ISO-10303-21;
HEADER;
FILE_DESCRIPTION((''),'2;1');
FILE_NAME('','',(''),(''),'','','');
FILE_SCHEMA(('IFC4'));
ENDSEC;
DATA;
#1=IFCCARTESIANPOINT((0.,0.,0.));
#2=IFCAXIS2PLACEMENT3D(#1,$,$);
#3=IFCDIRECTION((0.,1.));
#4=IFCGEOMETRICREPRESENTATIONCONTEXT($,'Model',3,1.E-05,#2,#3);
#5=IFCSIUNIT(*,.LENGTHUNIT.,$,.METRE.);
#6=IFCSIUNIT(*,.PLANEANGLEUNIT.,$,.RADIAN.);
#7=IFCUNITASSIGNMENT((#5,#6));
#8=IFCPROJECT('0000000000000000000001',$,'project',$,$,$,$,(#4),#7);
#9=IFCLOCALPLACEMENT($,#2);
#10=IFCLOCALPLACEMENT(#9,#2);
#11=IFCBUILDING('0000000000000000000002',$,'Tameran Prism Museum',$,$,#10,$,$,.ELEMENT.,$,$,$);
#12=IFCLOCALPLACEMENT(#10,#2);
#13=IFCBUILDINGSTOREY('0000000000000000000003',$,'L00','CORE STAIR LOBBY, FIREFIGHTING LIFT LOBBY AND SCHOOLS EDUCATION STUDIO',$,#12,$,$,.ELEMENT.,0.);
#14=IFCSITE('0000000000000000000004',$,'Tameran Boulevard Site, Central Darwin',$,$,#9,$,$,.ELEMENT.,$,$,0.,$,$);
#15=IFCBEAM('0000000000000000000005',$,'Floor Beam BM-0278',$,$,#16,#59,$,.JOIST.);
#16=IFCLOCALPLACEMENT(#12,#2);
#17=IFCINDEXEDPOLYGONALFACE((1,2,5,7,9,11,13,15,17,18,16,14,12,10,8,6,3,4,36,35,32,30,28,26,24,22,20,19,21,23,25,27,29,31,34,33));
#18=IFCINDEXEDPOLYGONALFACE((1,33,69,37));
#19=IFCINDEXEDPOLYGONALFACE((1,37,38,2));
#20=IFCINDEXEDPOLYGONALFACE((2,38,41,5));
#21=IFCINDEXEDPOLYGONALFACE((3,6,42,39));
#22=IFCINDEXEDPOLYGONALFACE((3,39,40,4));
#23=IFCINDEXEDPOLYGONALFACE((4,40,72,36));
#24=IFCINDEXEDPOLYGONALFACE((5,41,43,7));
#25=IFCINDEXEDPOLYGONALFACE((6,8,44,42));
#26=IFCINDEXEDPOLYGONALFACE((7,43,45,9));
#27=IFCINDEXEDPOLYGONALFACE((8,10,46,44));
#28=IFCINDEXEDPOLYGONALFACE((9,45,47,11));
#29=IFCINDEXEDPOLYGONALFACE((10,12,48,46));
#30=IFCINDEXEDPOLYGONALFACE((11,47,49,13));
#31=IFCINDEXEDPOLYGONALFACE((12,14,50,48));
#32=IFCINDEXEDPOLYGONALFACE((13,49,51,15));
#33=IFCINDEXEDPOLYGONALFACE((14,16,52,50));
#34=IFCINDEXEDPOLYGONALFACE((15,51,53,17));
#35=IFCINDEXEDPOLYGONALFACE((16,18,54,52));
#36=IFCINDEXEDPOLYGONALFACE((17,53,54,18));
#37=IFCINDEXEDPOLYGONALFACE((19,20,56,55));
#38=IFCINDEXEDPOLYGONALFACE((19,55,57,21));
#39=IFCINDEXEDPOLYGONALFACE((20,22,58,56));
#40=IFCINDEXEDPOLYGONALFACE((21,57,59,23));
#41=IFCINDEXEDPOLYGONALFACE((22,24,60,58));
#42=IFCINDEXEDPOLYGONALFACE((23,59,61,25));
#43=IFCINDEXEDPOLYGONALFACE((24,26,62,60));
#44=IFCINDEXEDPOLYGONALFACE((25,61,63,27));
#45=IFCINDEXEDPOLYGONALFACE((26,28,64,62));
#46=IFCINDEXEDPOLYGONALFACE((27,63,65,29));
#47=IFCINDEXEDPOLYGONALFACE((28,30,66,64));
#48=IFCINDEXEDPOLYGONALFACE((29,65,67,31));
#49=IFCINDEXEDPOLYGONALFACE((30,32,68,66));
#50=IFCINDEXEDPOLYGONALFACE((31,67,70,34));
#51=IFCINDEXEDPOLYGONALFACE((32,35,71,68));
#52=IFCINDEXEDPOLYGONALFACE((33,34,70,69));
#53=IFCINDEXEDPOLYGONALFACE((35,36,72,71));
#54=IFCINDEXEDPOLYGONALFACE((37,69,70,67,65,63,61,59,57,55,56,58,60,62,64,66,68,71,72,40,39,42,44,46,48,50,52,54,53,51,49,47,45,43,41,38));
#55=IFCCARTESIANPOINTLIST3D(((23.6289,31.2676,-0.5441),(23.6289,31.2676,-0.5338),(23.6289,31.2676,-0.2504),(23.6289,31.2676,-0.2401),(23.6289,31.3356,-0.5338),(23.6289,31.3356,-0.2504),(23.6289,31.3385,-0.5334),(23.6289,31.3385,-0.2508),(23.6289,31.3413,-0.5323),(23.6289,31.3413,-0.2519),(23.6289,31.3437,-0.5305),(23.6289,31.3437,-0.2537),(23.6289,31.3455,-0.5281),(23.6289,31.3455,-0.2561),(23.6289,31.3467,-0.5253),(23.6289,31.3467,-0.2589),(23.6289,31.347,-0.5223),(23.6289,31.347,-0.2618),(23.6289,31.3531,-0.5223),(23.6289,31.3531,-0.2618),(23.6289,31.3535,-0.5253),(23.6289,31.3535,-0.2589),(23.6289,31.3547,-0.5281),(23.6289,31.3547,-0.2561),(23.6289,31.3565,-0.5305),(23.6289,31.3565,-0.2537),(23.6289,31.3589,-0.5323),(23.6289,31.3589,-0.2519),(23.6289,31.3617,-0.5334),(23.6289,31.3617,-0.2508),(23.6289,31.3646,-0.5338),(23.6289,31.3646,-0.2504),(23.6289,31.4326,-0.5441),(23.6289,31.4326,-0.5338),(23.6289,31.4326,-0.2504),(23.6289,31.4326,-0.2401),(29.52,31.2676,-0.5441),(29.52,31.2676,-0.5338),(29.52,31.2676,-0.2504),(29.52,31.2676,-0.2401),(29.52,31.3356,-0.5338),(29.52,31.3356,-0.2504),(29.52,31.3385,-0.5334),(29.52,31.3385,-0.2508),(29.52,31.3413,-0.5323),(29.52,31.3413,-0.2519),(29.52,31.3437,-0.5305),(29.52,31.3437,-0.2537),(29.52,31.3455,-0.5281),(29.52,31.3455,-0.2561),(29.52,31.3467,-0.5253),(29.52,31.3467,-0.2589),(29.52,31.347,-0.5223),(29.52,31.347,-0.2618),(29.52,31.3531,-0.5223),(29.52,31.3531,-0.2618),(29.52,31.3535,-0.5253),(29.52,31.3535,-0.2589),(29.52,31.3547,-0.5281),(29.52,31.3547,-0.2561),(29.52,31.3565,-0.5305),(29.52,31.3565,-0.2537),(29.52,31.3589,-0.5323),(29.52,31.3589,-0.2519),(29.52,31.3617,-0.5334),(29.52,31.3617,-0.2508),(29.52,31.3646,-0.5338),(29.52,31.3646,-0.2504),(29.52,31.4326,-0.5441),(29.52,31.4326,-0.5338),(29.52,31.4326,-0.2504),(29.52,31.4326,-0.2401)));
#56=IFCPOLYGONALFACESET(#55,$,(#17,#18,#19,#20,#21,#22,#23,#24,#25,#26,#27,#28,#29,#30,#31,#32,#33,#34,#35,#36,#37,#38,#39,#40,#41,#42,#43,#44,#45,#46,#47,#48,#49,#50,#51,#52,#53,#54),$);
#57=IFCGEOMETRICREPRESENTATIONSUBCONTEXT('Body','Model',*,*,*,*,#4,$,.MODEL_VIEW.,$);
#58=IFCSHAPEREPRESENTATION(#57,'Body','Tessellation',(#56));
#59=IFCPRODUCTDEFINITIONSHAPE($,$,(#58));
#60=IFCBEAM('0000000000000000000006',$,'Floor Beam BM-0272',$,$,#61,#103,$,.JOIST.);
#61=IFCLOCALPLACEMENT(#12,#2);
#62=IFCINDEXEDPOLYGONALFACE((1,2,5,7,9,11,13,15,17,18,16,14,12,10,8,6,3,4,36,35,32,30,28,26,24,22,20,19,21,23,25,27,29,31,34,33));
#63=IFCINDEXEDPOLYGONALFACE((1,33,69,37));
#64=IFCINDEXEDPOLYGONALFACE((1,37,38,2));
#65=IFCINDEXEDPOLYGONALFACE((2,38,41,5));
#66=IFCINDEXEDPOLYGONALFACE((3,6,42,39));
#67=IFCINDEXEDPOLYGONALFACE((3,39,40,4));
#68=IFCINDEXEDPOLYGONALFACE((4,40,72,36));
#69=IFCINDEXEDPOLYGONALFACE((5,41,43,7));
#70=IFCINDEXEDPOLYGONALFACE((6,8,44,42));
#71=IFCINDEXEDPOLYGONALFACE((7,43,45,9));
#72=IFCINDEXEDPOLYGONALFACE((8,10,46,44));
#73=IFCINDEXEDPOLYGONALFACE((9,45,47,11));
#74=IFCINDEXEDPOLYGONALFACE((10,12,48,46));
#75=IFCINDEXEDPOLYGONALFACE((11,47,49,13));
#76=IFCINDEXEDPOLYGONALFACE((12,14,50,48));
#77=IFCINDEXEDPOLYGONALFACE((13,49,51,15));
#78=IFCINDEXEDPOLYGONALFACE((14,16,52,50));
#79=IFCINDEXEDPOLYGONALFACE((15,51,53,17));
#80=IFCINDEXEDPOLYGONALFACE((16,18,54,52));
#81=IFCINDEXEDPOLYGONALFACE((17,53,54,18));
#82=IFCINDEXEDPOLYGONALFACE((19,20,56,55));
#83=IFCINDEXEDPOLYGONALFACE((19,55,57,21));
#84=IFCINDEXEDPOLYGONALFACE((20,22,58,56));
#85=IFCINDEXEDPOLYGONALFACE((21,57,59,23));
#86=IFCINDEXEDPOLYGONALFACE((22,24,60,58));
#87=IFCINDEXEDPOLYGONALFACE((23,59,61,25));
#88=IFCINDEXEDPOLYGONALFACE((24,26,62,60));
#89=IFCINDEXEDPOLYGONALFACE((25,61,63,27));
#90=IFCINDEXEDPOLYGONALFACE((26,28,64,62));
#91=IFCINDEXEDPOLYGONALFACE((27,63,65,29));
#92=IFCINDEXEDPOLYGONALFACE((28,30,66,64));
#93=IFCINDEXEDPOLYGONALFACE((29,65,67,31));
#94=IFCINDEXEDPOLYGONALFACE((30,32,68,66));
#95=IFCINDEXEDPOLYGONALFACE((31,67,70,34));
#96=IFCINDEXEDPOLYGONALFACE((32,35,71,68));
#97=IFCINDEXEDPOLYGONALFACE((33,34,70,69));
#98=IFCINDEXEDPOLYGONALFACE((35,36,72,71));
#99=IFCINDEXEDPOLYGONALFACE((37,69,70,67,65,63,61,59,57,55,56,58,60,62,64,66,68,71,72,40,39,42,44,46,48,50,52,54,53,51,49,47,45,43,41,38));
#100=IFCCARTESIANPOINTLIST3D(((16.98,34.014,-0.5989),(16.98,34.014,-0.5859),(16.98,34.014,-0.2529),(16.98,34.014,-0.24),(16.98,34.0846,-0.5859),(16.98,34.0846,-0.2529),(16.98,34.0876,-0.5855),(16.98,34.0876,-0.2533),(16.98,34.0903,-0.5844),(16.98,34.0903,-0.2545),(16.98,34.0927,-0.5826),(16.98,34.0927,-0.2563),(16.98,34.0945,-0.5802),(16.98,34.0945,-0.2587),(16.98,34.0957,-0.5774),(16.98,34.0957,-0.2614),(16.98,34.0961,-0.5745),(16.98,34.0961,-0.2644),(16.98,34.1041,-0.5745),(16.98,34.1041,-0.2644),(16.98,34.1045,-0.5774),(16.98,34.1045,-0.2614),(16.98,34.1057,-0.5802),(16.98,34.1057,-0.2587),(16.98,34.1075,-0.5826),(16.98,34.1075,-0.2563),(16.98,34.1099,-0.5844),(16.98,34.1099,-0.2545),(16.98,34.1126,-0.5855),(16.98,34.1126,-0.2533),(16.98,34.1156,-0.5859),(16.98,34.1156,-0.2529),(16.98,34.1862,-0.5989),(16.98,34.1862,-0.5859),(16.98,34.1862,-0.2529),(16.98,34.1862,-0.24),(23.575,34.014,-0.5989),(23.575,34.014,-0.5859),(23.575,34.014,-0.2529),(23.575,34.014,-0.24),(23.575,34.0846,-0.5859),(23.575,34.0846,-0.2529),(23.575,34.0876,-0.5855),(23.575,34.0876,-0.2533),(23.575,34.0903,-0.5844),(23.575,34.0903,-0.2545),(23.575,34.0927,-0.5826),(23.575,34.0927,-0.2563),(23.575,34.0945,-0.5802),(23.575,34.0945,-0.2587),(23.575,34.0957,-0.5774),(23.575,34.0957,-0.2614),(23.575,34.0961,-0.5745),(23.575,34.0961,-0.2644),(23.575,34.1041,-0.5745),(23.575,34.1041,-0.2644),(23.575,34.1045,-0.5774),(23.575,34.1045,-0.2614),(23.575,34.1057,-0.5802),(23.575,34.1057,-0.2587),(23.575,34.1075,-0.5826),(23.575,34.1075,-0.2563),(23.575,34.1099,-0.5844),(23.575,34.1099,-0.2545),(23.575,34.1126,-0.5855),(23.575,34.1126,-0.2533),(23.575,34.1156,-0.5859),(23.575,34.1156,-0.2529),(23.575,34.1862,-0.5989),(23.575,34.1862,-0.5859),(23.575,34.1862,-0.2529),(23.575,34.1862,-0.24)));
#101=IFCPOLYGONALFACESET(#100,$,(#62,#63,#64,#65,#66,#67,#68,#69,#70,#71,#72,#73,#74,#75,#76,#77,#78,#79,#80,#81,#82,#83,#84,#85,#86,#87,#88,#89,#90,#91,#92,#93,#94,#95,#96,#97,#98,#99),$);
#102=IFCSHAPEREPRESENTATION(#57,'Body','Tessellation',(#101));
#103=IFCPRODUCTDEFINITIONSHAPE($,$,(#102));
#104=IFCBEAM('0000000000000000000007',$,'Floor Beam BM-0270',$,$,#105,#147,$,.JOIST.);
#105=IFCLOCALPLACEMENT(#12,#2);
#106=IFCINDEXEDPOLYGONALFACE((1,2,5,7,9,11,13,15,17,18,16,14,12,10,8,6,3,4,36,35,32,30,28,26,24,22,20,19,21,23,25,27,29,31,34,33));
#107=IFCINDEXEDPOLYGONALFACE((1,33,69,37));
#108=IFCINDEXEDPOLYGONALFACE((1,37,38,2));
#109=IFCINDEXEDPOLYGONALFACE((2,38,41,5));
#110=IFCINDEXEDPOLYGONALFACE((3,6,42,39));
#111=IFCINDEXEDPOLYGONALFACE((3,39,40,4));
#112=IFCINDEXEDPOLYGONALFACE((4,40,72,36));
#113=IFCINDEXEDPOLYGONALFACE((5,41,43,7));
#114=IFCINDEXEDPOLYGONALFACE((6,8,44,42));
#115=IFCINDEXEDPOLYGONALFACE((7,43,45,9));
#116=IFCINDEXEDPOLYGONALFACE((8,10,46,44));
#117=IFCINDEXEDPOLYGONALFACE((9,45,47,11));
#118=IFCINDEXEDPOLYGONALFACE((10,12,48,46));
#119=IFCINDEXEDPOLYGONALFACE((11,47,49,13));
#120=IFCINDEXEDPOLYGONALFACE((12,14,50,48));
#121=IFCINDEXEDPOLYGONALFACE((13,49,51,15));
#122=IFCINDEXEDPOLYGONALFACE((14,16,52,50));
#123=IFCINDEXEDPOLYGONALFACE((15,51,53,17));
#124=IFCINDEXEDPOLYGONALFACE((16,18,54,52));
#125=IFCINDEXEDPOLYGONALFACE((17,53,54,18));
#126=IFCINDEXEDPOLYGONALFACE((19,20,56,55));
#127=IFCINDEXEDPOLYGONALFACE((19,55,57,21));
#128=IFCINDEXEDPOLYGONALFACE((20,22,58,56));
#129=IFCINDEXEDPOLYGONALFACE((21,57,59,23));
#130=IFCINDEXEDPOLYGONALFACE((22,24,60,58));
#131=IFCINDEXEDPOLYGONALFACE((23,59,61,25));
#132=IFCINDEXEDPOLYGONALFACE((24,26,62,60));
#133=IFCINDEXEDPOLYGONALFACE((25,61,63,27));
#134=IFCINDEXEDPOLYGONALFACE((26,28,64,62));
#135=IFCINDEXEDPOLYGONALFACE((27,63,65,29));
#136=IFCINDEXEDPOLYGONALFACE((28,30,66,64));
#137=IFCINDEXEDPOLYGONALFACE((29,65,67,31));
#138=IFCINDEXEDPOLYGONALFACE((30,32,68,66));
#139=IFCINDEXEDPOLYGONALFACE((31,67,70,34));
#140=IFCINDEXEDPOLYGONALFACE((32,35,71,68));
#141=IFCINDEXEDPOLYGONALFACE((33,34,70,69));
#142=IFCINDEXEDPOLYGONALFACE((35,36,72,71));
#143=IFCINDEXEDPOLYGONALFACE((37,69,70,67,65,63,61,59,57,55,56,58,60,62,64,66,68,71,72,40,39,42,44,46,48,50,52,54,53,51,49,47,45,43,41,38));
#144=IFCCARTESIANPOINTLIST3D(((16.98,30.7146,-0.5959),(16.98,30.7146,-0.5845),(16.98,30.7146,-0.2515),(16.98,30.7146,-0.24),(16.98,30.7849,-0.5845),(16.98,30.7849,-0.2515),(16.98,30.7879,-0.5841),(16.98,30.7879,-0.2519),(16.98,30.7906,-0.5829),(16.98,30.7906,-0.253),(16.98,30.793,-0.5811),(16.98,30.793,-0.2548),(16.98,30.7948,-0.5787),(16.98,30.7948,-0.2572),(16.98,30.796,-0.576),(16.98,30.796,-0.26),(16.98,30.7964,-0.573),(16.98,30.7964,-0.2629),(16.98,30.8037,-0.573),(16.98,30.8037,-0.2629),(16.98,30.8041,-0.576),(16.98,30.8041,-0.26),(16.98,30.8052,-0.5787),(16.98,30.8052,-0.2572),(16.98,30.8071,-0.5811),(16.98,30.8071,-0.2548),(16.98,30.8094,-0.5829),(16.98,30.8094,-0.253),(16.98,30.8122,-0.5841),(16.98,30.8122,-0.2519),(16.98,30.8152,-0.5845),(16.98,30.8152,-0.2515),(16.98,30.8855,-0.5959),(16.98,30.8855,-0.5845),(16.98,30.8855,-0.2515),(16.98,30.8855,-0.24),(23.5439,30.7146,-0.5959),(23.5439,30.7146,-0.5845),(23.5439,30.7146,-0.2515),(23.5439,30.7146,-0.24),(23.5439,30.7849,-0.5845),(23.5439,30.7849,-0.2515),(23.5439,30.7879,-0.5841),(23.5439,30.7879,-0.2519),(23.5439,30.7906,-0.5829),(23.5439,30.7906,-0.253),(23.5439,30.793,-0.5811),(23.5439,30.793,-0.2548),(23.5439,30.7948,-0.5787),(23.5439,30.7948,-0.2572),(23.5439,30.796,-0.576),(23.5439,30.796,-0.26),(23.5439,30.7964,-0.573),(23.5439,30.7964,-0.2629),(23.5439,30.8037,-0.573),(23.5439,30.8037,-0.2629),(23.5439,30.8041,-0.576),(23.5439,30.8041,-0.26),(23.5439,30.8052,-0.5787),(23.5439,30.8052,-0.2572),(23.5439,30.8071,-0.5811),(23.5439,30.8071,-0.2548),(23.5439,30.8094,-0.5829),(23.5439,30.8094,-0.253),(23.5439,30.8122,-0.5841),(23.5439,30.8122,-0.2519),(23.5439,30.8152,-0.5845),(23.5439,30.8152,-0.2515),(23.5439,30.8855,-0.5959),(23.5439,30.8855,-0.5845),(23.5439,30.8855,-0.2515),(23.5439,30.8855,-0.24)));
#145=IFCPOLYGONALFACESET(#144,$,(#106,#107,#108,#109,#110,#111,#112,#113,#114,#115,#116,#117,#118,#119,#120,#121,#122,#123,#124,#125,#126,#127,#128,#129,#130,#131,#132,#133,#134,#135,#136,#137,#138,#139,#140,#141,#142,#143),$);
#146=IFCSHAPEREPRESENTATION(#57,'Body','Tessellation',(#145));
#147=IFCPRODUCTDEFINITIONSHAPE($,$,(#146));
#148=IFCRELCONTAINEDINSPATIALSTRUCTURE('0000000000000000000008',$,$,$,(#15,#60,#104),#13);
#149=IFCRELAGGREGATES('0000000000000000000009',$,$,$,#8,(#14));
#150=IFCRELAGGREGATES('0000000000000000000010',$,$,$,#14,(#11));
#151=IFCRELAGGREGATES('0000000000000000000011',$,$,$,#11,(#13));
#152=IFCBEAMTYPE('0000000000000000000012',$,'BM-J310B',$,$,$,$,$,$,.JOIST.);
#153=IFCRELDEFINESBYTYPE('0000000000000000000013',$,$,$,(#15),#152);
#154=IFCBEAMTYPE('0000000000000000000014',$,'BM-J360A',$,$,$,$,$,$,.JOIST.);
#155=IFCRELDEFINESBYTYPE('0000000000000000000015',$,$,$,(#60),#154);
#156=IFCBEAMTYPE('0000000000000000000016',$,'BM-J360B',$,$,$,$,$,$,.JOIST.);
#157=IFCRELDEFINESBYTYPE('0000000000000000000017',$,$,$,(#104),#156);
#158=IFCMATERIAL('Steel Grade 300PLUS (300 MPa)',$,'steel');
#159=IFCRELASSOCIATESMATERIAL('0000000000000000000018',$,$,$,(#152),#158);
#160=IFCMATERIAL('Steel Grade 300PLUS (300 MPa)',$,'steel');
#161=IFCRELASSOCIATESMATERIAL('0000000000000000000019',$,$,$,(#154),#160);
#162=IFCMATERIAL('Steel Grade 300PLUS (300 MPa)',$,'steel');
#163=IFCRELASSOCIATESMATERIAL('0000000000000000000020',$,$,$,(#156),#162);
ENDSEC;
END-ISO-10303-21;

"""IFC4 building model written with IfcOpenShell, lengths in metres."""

from ifc_helpers import new_model, si_unit, direction, frame, origin, origin_2d, place, context, subcontext, project, spatial, i_section, extrude, material, material_profile, profile_set, type_object, element, save


model = new_model("IFC4")

# Units and contexts
model_context = context("Model", 3, precision=1e-05, world=origin(), true_north=direction((0.0, 1.0)))
body_context = subcontext(model_context, "Body", "Model", "MODEL_VIEW")
ifc_project = project(units=[si_unit("LENGTHUNIT", "METRE"), si_unit("PLANEANGLEUNIT", "RADIAN")], contexts=[model_context])

# Site, building, storey
site_placement = place(None, origin())
site = spatial("IfcSite", under=ifc_project, at=site_placement, Name="Tameran Boulevard Site, Central Darwin", CompositionType="ELEMENT", RefElevation=0.0)
building_placement = place(site_placement, origin())
building = spatial("IfcBuilding", under=site, at=building_placement, Name="Tameran Prism Museum", CompositionType="ELEMENT")
storey_placement = place(building_placement, origin())
storey = spatial("IfcBuildingStorey", under=building, at=storey_placement, Name="L00", Description="CORE STAIR LOBBY, FIREFIGHTING LIFT LOBBY AND SCHOOLS EDUCATION STUDIO", CompositionType="ELEMENT", Elevation=0.0)

# Beams
ifc_material_1 = material(Name="Steel Grade 300PLUS (300 MPa)", Category="steel")
ifc_material_profile_1 = material_profile(ifc_material_1, i_section(OverallWidth=0.165, OverallDepth=0.304, WebThickness=0.0061, FlangeThickness=0.0103, FilletRadius=0.0115, at=origin_2d()))
ifc_profile_set_1 = profile_set([ifc_material_profile_1])
beam_type_1 = type_object("IfcBeamType", Name="BM-J310B", PredefinedType="JOIST", material=ifc_profile_set_1)
beam_1_placement = place(storey_placement, frame((23.6289, 31.3501, -0.3921), z_axis=(1.0, 0.0, 0.0), x_axis=(0.0, 1.0, 0.0)))
element("IfcBeam", 1, at=beam_1_placement, inside=storey, type_object=beam_type_1, Name="Floor Beam BM-0278", PredefinedType="JOIST", context=body_context, shape_type="SweptSolid", body=[
    extrude(i_section(OverallWidth=0.165, OverallDepth=0.304, WebThickness=0.0061, FlangeThickness=0.0103, FilletRadius=0.0115, at=origin_2d()), origin(), (0.0, 0.0, 1.0), 5.8911),
])
ifc_material_2 = material(Name="Steel Grade 300PLUS (300 MPa)", Category="steel")
ifc_material_profile_2 = material_profile(ifc_material_2, i_section(OverallWidth=0.1721, OverallDepth=0.3589, WebThickness=0.0081, FlangeThickness=0.0129, FilletRadius=0.0115, at=origin_2d()))
ifc_profile_set_2 = profile_set([ifc_material_profile_2])
beam_type_2 = type_object("IfcBeamType", Name="BM-J360A", PredefinedType="JOIST", material=ifc_profile_set_2)
beam_2_placement = place(storey_placement, frame((16.98, 34.1001, -0.4194), z_axis=(1.0, 0.0, 0.0), x_axis=(0.0, 1.0, 0.0)))
element("IfcBeam", 2, at=beam_2_placement, inside=storey, type_object=beam_type_2, Name="Floor Beam BM-0272", PredefinedType="JOIST", context=body_context, shape_type="SweptSolid", body=[
    extrude(i_section(OverallWidth=0.1721, OverallDepth=0.3589, WebThickness=0.0081, FlangeThickness=0.0129, FilletRadius=0.0115, at=origin_2d()), origin(), (0.0, 0.0, 1.0), 6.595),
])
ifc_material_3 = material(Name="Steel Grade 300PLUS (300 MPa)", Category="steel")
ifc_material_profile_3 = material_profile(ifc_material_3, i_section(OverallWidth=0.1709, OverallDepth=0.356, WebThickness=0.0073, FlangeThickness=0.0115, FilletRadius=0.0115, at=origin_2d()))
ifc_profile_set_3 = profile_set([ifc_material_profile_3])
beam_type_3 = type_object("IfcBeamType", Name="BM-J360B", PredefinedType="JOIST", material=ifc_profile_set_3)
beam_3_placement = place(storey_placement, frame((16.98, 30.8, -0.418), z_axis=(1.0, 0.0, 0.0), x_axis=(0.0, 1.0, 0.0)))
element("IfcBeam", 3, at=beam_3_placement, inside=storey, type_object=beam_type_3, Name="Floor Beam BM-0270", PredefinedType="JOIST", context=body_context, shape_type="SweptSolid", body=[
    extrude(i_section(OverallWidth=0.1709, OverallDepth=0.356, WebThickness=0.0073, FlangeThickness=0.0115, FilletRadius=0.0115, at=origin_2d()), origin(), (0.0, 0.0, 1.0), 6.564),
])

save(model, "model.ifc")
